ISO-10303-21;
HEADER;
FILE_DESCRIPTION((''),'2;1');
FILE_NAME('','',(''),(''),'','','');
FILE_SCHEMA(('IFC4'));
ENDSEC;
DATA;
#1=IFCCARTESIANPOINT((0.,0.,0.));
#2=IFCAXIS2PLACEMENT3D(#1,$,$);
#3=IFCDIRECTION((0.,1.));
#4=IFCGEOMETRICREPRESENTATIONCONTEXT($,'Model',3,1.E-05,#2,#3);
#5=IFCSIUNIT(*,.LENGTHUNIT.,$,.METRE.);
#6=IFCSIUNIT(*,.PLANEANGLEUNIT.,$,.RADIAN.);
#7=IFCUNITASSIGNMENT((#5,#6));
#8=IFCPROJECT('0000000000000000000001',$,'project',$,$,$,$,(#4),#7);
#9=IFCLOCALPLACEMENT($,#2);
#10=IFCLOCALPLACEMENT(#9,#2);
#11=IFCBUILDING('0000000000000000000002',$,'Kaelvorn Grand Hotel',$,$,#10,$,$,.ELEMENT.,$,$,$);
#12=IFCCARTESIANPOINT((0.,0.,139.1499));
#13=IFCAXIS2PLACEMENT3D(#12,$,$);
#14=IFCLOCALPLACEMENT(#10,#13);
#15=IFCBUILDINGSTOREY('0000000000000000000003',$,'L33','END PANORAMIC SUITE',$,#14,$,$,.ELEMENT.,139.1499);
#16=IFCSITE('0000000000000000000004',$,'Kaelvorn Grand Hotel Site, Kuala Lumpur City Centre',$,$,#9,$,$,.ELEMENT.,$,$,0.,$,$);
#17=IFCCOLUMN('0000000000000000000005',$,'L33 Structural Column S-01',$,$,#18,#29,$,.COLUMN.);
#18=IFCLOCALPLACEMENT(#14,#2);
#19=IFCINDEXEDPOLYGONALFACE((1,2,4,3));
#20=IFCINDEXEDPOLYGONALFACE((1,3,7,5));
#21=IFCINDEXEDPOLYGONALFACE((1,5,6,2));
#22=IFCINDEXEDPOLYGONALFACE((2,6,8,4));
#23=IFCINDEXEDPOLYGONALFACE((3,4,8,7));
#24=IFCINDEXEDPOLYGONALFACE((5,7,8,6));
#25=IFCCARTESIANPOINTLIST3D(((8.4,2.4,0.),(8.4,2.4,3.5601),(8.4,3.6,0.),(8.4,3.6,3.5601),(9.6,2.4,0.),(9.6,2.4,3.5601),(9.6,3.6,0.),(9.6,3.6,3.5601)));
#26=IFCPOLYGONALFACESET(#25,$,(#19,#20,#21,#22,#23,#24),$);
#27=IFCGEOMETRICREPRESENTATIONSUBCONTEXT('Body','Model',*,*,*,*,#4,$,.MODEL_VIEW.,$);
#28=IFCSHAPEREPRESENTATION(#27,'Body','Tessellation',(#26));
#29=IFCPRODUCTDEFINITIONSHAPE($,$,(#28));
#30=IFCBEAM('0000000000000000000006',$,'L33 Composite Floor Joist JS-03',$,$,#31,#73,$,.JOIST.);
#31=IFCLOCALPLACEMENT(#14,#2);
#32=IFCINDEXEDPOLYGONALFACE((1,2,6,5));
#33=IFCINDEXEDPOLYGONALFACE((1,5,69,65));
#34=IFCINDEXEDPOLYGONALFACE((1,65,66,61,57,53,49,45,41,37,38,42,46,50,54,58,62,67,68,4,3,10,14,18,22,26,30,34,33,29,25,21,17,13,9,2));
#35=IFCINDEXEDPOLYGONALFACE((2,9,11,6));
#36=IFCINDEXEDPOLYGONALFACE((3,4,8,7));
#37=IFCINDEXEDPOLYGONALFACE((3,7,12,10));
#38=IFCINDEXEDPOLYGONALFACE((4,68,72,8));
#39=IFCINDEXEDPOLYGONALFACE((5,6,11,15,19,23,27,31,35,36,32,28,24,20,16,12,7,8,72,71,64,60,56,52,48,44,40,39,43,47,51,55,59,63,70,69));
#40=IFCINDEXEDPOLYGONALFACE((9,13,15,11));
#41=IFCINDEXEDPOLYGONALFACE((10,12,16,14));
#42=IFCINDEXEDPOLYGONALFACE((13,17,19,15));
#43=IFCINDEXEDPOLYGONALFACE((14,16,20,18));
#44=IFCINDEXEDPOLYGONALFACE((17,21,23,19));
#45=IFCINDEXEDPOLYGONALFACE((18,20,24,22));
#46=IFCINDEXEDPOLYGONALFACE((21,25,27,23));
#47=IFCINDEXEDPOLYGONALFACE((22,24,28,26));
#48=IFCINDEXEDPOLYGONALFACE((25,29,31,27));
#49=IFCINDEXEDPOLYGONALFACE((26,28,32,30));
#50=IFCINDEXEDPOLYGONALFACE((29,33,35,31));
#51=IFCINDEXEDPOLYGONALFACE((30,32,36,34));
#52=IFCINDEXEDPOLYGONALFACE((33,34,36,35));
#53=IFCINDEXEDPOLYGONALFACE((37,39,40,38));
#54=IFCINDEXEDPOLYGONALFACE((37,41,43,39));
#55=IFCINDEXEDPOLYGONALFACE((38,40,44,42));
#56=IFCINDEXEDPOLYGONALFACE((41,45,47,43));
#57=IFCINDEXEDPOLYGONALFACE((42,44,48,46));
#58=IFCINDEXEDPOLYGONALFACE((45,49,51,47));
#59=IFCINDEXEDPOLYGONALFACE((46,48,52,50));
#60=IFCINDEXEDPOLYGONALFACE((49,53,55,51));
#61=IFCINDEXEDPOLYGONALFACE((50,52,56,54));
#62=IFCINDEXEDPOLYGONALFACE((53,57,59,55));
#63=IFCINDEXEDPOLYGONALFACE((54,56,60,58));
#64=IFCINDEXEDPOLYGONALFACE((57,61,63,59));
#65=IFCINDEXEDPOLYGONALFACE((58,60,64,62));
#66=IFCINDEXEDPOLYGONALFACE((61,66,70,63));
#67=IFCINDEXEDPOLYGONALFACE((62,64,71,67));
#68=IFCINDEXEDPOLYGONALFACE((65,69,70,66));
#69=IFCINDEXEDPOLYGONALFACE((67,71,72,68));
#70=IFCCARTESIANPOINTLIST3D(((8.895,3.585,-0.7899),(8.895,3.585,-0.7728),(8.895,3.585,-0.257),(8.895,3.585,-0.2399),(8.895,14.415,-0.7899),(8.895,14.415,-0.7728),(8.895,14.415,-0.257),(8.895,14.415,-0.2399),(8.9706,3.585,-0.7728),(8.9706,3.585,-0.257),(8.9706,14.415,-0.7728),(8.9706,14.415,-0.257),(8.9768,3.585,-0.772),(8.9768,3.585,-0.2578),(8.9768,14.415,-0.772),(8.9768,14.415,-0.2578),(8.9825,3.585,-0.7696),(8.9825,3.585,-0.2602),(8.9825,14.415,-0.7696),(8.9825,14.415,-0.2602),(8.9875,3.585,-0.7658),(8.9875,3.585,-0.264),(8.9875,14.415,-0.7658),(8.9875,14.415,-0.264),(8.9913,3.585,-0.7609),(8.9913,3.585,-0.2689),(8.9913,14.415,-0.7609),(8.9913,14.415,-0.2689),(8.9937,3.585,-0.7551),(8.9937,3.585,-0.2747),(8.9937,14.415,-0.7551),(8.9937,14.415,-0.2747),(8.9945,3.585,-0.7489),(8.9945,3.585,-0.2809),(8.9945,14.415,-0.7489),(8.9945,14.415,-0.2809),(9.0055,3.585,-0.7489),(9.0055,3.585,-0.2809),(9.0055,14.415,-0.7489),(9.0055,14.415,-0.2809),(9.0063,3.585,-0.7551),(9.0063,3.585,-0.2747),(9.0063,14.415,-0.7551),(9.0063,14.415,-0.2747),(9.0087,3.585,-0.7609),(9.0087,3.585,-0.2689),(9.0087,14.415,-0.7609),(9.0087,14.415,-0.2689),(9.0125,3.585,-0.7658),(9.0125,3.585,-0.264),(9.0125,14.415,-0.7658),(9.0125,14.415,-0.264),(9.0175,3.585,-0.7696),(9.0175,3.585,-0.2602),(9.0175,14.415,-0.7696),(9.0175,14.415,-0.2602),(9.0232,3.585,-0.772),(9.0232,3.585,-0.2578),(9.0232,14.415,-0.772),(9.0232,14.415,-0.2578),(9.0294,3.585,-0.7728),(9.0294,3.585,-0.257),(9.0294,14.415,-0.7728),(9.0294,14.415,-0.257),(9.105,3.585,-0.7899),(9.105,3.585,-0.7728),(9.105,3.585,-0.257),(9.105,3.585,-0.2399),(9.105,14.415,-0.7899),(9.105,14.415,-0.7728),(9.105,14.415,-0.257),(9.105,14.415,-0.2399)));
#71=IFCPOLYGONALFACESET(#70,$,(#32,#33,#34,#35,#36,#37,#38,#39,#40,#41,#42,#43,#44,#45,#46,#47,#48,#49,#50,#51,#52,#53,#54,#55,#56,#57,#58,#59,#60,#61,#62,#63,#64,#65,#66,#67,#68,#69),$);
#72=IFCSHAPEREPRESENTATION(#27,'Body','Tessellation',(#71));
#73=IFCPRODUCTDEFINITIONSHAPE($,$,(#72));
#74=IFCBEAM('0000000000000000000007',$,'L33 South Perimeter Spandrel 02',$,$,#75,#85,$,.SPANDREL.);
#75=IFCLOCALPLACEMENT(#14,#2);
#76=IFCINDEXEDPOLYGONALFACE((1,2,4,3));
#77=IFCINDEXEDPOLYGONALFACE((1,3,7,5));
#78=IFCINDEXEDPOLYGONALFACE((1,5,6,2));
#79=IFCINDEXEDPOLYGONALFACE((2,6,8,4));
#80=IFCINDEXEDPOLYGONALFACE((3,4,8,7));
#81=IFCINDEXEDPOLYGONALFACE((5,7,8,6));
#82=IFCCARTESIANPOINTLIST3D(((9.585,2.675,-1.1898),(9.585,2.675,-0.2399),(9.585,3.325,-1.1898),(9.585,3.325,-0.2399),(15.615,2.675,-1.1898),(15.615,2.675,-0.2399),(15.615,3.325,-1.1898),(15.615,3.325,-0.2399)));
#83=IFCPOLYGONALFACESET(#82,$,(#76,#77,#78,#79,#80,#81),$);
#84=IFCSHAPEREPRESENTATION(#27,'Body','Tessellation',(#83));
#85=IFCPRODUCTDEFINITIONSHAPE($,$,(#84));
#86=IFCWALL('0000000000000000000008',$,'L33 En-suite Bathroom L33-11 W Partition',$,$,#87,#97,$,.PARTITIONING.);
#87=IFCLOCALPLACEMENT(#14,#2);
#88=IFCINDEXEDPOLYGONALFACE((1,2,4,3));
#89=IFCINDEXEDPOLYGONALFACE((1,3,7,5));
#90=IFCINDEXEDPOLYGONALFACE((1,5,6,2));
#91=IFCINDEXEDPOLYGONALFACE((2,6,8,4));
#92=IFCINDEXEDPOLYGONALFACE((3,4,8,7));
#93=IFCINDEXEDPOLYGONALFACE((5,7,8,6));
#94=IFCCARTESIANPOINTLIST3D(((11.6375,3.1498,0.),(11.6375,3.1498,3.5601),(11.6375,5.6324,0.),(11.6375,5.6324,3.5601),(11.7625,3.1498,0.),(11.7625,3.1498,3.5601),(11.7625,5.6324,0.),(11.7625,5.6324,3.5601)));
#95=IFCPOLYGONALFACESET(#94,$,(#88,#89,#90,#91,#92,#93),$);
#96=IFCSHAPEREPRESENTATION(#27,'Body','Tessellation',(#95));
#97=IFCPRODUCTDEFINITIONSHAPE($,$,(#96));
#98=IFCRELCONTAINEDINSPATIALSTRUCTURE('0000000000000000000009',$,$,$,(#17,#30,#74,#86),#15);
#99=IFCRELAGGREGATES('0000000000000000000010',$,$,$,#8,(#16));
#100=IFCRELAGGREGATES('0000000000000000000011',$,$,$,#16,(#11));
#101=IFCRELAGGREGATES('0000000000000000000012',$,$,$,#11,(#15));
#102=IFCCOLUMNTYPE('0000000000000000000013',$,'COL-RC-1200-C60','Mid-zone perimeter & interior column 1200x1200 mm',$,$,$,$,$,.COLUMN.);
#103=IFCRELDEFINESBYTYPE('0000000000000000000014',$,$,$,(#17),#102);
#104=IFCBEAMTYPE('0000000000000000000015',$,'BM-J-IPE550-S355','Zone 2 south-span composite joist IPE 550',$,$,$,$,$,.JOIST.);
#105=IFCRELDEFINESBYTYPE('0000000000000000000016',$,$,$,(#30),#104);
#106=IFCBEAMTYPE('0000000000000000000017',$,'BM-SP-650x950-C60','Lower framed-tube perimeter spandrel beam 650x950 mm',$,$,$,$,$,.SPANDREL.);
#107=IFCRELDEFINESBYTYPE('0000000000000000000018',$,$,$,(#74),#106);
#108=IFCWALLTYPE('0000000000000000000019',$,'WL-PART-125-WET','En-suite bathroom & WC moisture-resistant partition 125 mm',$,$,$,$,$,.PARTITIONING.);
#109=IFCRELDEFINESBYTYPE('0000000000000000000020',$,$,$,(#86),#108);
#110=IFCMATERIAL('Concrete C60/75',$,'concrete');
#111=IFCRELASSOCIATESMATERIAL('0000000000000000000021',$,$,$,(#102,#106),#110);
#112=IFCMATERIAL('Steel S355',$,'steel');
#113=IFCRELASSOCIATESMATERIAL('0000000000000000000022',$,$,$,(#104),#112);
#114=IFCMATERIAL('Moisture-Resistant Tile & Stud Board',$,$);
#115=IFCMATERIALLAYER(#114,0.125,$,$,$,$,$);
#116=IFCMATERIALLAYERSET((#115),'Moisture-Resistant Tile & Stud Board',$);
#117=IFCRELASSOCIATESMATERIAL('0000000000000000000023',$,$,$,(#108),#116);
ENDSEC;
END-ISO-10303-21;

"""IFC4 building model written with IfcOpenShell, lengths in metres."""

from ifc_helpers import new_model, si_unit, direction, frame, frame_2d, origin, origin_2d, place, context, subcontext, project, spatial, rectangle, i_section, extrude, material, layer, layer_set, material_profile, profile_set, type_object, element, save


model = new_model("IFC4")

# Units and contexts
model_context = context("Model", 3, precision=1e-05, world=origin(), true_north=direction((0.0, 1.0)))
body_context = subcontext(model_context, "Body", "Model", "MODEL_VIEW")
ifc_project = project(units=[si_unit("LENGTHUNIT", "METRE"), si_unit("PLANEANGLEUNIT", "RADIAN")], contexts=[model_context])

# Site, building, storey
site_placement = place(None, origin())
site = spatial("IfcSite", under=ifc_project, at=site_placement, Name="Kaelvorn Grand Hotel Site, Kuala Lumpur City Centre", CompositionType="ELEMENT", RefElevation=0.0)
building_placement = place(site_placement, origin())
building = spatial("IfcBuilding", under=site, at=building_placement, Name="Kaelvorn Grand Hotel", CompositionType="ELEMENT")
storey_placement = place(building_placement, frame((0.0, 0.0, 139.1499)))
storey = spatial("IfcBuildingStorey", under=building, at=storey_placement, Name="L33", Description="END PANORAMIC SUITE", CompositionType="ELEMENT", Elevation=139.1499)

# Column
ifc_material_1 = material(Name="Concrete C60/75", Category="concrete")
ifc_material_profile_1 = material_profile(ifc_material_1, rectangle(XDim=1.2, YDim=1.2, at=origin_2d()), Name="RC COL 1200x1200")
ifc_profile_set_1 = profile_set([ifc_material_profile_1], Name="Concrete C60/75")
column_type = type_object("IfcColumnType", Name="COL-RC-1200-C60", Description="Mid-zone perimeter & interior column 1200x1200 mm", PredefinedType="COLUMN", material=ifc_profile_set_1)
column_placement = place(storey_placement, frame((9.0, 3.0, 0.0), z_axis=(0.0, 0.0, 1.0), x_axis=(1.0, 0.0, 0.0)))
element("IfcColumn", 1, at=column_placement, inside=storey, type_object=column_type, Name="L33 Structural Column S-01", PredefinedType="COLUMN", context=body_context, shape_type="SweptSolid", body=[
    extrude(rectangle(XDim=1.2, YDim=1.2, at=origin_2d()), origin(), (0.0, 0.0, 1.0), 3.5601),
])

# Beams
ifc_material_2 = material(Name="Steel S355", Category="steel")
ifc_material_profile_2 = material_profile(ifc_material_2, i_section(OverallWidth=0.21, OverallDepth=0.55, WebThickness=0.011, FlangeThickness=0.0171, FilletRadius=0.0239, at=origin_2d()), Name="IPE 550")
ifc_profile_set_2 = profile_set([ifc_material_profile_2], Name="Steel S355")
beam_type_1 = type_object("IfcBeamType", Name="BM-J-IPE550-S355", Description="Zone 2 south-span composite joist IPE 550", PredefinedType="JOIST", material=ifc_profile_set_2)
beam_1_placement = place(storey_placement, frame((9.0, 3.585, -0.5149), z_axis=(0.0, 1.0, 0.0), x_axis=(-1.0, 0.0, 0.0)))
element("IfcBeam", 2, at=beam_1_placement, inside=storey, type_object=beam_type_1, Name="L33 Composite Floor Joist JS-03", PredefinedType="JOIST", context=body_context, shape_type="SweptSolid", body=[
    extrude(i_section(OverallWidth=0.21, OverallDepth=0.55, WebThickness=0.011, FlangeThickness=0.0171, FilletRadius=0.0239, at=origin_2d()), origin(), (0.0, 0.0, 1.0), 10.8301),
])
ifc_material_profile_3 = material_profile(ifc_material_1, rectangle(XDim=0.6499, YDim=0.95, at=origin_2d()), Name="RC SPANDREL 650x950")
ifc_profile_set_3 = profile_set([ifc_material_profile_3], Name="Concrete C60/75")
beam_type_2 = type_object("IfcBeamType", Name="BM-SP-650x950-C60", Description="Lower framed-tube perimeter spandrel beam 650x950 mm", PredefinedType="SPANDREL", material=ifc_profile_set_3)
beam_2_placement = place(storey_placement, frame((9.585, 3.0, -0.7148), z_axis=(1.0, 0.0, 0.0), x_axis=(0.0, 1.0, 0.0)))
element("IfcBeam", 3, at=beam_2_placement, inside=storey, type_object=beam_type_2, Name="L33 South Perimeter Spandrel 02", PredefinedType="SPANDREL", context=body_context, shape_type="SweptSolid", body=[
    extrude(rectangle(XDim=0.6499, YDim=0.95, at=origin_2d()), origin(), (0.0, 0.0, 1.0), 6.03),
])

# Wall
ifc_material_3 = material(Name="Moisture-Resistant Tile & Stud Board")
ifc_layer_1 = layer(ifc_material_3, 0.125)
ifc_layer_set_1 = layer_set([ifc_layer_1], Name="Moisture-Resistant Tile & Stud Board")
wall_type_1 = type_object("IfcWallType", Name="WL-PART-125-WET", Description="En-suite bathroom & WC moisture-resistant partition 125 mm", PredefinedType="PARTITIONING", material=ifc_layer_set_1)
wall_1_placement = place(storey_placement, frame((11.7, 3.1499, 0.0), z_axis=(0.0, 0.0, 1.0), x_axis=(0.0, 1.0, 0.0)))
element("IfcWall", 4, at=wall_1_placement, inside=storey, type_object=wall_type_1, Name="L33 En-suite Bathroom L33-11 W Partition", PredefinedType="PARTITIONING", context=body_context, shape_type="SweptSolid", body=[
    extrude(rectangle(XDim=2.4827, YDim=0.125, at=frame_2d((1.2412, 0.0))), origin(), (0.0, 0.0, 1.0), 3.5601),
])

save(model, "model.ifc")
